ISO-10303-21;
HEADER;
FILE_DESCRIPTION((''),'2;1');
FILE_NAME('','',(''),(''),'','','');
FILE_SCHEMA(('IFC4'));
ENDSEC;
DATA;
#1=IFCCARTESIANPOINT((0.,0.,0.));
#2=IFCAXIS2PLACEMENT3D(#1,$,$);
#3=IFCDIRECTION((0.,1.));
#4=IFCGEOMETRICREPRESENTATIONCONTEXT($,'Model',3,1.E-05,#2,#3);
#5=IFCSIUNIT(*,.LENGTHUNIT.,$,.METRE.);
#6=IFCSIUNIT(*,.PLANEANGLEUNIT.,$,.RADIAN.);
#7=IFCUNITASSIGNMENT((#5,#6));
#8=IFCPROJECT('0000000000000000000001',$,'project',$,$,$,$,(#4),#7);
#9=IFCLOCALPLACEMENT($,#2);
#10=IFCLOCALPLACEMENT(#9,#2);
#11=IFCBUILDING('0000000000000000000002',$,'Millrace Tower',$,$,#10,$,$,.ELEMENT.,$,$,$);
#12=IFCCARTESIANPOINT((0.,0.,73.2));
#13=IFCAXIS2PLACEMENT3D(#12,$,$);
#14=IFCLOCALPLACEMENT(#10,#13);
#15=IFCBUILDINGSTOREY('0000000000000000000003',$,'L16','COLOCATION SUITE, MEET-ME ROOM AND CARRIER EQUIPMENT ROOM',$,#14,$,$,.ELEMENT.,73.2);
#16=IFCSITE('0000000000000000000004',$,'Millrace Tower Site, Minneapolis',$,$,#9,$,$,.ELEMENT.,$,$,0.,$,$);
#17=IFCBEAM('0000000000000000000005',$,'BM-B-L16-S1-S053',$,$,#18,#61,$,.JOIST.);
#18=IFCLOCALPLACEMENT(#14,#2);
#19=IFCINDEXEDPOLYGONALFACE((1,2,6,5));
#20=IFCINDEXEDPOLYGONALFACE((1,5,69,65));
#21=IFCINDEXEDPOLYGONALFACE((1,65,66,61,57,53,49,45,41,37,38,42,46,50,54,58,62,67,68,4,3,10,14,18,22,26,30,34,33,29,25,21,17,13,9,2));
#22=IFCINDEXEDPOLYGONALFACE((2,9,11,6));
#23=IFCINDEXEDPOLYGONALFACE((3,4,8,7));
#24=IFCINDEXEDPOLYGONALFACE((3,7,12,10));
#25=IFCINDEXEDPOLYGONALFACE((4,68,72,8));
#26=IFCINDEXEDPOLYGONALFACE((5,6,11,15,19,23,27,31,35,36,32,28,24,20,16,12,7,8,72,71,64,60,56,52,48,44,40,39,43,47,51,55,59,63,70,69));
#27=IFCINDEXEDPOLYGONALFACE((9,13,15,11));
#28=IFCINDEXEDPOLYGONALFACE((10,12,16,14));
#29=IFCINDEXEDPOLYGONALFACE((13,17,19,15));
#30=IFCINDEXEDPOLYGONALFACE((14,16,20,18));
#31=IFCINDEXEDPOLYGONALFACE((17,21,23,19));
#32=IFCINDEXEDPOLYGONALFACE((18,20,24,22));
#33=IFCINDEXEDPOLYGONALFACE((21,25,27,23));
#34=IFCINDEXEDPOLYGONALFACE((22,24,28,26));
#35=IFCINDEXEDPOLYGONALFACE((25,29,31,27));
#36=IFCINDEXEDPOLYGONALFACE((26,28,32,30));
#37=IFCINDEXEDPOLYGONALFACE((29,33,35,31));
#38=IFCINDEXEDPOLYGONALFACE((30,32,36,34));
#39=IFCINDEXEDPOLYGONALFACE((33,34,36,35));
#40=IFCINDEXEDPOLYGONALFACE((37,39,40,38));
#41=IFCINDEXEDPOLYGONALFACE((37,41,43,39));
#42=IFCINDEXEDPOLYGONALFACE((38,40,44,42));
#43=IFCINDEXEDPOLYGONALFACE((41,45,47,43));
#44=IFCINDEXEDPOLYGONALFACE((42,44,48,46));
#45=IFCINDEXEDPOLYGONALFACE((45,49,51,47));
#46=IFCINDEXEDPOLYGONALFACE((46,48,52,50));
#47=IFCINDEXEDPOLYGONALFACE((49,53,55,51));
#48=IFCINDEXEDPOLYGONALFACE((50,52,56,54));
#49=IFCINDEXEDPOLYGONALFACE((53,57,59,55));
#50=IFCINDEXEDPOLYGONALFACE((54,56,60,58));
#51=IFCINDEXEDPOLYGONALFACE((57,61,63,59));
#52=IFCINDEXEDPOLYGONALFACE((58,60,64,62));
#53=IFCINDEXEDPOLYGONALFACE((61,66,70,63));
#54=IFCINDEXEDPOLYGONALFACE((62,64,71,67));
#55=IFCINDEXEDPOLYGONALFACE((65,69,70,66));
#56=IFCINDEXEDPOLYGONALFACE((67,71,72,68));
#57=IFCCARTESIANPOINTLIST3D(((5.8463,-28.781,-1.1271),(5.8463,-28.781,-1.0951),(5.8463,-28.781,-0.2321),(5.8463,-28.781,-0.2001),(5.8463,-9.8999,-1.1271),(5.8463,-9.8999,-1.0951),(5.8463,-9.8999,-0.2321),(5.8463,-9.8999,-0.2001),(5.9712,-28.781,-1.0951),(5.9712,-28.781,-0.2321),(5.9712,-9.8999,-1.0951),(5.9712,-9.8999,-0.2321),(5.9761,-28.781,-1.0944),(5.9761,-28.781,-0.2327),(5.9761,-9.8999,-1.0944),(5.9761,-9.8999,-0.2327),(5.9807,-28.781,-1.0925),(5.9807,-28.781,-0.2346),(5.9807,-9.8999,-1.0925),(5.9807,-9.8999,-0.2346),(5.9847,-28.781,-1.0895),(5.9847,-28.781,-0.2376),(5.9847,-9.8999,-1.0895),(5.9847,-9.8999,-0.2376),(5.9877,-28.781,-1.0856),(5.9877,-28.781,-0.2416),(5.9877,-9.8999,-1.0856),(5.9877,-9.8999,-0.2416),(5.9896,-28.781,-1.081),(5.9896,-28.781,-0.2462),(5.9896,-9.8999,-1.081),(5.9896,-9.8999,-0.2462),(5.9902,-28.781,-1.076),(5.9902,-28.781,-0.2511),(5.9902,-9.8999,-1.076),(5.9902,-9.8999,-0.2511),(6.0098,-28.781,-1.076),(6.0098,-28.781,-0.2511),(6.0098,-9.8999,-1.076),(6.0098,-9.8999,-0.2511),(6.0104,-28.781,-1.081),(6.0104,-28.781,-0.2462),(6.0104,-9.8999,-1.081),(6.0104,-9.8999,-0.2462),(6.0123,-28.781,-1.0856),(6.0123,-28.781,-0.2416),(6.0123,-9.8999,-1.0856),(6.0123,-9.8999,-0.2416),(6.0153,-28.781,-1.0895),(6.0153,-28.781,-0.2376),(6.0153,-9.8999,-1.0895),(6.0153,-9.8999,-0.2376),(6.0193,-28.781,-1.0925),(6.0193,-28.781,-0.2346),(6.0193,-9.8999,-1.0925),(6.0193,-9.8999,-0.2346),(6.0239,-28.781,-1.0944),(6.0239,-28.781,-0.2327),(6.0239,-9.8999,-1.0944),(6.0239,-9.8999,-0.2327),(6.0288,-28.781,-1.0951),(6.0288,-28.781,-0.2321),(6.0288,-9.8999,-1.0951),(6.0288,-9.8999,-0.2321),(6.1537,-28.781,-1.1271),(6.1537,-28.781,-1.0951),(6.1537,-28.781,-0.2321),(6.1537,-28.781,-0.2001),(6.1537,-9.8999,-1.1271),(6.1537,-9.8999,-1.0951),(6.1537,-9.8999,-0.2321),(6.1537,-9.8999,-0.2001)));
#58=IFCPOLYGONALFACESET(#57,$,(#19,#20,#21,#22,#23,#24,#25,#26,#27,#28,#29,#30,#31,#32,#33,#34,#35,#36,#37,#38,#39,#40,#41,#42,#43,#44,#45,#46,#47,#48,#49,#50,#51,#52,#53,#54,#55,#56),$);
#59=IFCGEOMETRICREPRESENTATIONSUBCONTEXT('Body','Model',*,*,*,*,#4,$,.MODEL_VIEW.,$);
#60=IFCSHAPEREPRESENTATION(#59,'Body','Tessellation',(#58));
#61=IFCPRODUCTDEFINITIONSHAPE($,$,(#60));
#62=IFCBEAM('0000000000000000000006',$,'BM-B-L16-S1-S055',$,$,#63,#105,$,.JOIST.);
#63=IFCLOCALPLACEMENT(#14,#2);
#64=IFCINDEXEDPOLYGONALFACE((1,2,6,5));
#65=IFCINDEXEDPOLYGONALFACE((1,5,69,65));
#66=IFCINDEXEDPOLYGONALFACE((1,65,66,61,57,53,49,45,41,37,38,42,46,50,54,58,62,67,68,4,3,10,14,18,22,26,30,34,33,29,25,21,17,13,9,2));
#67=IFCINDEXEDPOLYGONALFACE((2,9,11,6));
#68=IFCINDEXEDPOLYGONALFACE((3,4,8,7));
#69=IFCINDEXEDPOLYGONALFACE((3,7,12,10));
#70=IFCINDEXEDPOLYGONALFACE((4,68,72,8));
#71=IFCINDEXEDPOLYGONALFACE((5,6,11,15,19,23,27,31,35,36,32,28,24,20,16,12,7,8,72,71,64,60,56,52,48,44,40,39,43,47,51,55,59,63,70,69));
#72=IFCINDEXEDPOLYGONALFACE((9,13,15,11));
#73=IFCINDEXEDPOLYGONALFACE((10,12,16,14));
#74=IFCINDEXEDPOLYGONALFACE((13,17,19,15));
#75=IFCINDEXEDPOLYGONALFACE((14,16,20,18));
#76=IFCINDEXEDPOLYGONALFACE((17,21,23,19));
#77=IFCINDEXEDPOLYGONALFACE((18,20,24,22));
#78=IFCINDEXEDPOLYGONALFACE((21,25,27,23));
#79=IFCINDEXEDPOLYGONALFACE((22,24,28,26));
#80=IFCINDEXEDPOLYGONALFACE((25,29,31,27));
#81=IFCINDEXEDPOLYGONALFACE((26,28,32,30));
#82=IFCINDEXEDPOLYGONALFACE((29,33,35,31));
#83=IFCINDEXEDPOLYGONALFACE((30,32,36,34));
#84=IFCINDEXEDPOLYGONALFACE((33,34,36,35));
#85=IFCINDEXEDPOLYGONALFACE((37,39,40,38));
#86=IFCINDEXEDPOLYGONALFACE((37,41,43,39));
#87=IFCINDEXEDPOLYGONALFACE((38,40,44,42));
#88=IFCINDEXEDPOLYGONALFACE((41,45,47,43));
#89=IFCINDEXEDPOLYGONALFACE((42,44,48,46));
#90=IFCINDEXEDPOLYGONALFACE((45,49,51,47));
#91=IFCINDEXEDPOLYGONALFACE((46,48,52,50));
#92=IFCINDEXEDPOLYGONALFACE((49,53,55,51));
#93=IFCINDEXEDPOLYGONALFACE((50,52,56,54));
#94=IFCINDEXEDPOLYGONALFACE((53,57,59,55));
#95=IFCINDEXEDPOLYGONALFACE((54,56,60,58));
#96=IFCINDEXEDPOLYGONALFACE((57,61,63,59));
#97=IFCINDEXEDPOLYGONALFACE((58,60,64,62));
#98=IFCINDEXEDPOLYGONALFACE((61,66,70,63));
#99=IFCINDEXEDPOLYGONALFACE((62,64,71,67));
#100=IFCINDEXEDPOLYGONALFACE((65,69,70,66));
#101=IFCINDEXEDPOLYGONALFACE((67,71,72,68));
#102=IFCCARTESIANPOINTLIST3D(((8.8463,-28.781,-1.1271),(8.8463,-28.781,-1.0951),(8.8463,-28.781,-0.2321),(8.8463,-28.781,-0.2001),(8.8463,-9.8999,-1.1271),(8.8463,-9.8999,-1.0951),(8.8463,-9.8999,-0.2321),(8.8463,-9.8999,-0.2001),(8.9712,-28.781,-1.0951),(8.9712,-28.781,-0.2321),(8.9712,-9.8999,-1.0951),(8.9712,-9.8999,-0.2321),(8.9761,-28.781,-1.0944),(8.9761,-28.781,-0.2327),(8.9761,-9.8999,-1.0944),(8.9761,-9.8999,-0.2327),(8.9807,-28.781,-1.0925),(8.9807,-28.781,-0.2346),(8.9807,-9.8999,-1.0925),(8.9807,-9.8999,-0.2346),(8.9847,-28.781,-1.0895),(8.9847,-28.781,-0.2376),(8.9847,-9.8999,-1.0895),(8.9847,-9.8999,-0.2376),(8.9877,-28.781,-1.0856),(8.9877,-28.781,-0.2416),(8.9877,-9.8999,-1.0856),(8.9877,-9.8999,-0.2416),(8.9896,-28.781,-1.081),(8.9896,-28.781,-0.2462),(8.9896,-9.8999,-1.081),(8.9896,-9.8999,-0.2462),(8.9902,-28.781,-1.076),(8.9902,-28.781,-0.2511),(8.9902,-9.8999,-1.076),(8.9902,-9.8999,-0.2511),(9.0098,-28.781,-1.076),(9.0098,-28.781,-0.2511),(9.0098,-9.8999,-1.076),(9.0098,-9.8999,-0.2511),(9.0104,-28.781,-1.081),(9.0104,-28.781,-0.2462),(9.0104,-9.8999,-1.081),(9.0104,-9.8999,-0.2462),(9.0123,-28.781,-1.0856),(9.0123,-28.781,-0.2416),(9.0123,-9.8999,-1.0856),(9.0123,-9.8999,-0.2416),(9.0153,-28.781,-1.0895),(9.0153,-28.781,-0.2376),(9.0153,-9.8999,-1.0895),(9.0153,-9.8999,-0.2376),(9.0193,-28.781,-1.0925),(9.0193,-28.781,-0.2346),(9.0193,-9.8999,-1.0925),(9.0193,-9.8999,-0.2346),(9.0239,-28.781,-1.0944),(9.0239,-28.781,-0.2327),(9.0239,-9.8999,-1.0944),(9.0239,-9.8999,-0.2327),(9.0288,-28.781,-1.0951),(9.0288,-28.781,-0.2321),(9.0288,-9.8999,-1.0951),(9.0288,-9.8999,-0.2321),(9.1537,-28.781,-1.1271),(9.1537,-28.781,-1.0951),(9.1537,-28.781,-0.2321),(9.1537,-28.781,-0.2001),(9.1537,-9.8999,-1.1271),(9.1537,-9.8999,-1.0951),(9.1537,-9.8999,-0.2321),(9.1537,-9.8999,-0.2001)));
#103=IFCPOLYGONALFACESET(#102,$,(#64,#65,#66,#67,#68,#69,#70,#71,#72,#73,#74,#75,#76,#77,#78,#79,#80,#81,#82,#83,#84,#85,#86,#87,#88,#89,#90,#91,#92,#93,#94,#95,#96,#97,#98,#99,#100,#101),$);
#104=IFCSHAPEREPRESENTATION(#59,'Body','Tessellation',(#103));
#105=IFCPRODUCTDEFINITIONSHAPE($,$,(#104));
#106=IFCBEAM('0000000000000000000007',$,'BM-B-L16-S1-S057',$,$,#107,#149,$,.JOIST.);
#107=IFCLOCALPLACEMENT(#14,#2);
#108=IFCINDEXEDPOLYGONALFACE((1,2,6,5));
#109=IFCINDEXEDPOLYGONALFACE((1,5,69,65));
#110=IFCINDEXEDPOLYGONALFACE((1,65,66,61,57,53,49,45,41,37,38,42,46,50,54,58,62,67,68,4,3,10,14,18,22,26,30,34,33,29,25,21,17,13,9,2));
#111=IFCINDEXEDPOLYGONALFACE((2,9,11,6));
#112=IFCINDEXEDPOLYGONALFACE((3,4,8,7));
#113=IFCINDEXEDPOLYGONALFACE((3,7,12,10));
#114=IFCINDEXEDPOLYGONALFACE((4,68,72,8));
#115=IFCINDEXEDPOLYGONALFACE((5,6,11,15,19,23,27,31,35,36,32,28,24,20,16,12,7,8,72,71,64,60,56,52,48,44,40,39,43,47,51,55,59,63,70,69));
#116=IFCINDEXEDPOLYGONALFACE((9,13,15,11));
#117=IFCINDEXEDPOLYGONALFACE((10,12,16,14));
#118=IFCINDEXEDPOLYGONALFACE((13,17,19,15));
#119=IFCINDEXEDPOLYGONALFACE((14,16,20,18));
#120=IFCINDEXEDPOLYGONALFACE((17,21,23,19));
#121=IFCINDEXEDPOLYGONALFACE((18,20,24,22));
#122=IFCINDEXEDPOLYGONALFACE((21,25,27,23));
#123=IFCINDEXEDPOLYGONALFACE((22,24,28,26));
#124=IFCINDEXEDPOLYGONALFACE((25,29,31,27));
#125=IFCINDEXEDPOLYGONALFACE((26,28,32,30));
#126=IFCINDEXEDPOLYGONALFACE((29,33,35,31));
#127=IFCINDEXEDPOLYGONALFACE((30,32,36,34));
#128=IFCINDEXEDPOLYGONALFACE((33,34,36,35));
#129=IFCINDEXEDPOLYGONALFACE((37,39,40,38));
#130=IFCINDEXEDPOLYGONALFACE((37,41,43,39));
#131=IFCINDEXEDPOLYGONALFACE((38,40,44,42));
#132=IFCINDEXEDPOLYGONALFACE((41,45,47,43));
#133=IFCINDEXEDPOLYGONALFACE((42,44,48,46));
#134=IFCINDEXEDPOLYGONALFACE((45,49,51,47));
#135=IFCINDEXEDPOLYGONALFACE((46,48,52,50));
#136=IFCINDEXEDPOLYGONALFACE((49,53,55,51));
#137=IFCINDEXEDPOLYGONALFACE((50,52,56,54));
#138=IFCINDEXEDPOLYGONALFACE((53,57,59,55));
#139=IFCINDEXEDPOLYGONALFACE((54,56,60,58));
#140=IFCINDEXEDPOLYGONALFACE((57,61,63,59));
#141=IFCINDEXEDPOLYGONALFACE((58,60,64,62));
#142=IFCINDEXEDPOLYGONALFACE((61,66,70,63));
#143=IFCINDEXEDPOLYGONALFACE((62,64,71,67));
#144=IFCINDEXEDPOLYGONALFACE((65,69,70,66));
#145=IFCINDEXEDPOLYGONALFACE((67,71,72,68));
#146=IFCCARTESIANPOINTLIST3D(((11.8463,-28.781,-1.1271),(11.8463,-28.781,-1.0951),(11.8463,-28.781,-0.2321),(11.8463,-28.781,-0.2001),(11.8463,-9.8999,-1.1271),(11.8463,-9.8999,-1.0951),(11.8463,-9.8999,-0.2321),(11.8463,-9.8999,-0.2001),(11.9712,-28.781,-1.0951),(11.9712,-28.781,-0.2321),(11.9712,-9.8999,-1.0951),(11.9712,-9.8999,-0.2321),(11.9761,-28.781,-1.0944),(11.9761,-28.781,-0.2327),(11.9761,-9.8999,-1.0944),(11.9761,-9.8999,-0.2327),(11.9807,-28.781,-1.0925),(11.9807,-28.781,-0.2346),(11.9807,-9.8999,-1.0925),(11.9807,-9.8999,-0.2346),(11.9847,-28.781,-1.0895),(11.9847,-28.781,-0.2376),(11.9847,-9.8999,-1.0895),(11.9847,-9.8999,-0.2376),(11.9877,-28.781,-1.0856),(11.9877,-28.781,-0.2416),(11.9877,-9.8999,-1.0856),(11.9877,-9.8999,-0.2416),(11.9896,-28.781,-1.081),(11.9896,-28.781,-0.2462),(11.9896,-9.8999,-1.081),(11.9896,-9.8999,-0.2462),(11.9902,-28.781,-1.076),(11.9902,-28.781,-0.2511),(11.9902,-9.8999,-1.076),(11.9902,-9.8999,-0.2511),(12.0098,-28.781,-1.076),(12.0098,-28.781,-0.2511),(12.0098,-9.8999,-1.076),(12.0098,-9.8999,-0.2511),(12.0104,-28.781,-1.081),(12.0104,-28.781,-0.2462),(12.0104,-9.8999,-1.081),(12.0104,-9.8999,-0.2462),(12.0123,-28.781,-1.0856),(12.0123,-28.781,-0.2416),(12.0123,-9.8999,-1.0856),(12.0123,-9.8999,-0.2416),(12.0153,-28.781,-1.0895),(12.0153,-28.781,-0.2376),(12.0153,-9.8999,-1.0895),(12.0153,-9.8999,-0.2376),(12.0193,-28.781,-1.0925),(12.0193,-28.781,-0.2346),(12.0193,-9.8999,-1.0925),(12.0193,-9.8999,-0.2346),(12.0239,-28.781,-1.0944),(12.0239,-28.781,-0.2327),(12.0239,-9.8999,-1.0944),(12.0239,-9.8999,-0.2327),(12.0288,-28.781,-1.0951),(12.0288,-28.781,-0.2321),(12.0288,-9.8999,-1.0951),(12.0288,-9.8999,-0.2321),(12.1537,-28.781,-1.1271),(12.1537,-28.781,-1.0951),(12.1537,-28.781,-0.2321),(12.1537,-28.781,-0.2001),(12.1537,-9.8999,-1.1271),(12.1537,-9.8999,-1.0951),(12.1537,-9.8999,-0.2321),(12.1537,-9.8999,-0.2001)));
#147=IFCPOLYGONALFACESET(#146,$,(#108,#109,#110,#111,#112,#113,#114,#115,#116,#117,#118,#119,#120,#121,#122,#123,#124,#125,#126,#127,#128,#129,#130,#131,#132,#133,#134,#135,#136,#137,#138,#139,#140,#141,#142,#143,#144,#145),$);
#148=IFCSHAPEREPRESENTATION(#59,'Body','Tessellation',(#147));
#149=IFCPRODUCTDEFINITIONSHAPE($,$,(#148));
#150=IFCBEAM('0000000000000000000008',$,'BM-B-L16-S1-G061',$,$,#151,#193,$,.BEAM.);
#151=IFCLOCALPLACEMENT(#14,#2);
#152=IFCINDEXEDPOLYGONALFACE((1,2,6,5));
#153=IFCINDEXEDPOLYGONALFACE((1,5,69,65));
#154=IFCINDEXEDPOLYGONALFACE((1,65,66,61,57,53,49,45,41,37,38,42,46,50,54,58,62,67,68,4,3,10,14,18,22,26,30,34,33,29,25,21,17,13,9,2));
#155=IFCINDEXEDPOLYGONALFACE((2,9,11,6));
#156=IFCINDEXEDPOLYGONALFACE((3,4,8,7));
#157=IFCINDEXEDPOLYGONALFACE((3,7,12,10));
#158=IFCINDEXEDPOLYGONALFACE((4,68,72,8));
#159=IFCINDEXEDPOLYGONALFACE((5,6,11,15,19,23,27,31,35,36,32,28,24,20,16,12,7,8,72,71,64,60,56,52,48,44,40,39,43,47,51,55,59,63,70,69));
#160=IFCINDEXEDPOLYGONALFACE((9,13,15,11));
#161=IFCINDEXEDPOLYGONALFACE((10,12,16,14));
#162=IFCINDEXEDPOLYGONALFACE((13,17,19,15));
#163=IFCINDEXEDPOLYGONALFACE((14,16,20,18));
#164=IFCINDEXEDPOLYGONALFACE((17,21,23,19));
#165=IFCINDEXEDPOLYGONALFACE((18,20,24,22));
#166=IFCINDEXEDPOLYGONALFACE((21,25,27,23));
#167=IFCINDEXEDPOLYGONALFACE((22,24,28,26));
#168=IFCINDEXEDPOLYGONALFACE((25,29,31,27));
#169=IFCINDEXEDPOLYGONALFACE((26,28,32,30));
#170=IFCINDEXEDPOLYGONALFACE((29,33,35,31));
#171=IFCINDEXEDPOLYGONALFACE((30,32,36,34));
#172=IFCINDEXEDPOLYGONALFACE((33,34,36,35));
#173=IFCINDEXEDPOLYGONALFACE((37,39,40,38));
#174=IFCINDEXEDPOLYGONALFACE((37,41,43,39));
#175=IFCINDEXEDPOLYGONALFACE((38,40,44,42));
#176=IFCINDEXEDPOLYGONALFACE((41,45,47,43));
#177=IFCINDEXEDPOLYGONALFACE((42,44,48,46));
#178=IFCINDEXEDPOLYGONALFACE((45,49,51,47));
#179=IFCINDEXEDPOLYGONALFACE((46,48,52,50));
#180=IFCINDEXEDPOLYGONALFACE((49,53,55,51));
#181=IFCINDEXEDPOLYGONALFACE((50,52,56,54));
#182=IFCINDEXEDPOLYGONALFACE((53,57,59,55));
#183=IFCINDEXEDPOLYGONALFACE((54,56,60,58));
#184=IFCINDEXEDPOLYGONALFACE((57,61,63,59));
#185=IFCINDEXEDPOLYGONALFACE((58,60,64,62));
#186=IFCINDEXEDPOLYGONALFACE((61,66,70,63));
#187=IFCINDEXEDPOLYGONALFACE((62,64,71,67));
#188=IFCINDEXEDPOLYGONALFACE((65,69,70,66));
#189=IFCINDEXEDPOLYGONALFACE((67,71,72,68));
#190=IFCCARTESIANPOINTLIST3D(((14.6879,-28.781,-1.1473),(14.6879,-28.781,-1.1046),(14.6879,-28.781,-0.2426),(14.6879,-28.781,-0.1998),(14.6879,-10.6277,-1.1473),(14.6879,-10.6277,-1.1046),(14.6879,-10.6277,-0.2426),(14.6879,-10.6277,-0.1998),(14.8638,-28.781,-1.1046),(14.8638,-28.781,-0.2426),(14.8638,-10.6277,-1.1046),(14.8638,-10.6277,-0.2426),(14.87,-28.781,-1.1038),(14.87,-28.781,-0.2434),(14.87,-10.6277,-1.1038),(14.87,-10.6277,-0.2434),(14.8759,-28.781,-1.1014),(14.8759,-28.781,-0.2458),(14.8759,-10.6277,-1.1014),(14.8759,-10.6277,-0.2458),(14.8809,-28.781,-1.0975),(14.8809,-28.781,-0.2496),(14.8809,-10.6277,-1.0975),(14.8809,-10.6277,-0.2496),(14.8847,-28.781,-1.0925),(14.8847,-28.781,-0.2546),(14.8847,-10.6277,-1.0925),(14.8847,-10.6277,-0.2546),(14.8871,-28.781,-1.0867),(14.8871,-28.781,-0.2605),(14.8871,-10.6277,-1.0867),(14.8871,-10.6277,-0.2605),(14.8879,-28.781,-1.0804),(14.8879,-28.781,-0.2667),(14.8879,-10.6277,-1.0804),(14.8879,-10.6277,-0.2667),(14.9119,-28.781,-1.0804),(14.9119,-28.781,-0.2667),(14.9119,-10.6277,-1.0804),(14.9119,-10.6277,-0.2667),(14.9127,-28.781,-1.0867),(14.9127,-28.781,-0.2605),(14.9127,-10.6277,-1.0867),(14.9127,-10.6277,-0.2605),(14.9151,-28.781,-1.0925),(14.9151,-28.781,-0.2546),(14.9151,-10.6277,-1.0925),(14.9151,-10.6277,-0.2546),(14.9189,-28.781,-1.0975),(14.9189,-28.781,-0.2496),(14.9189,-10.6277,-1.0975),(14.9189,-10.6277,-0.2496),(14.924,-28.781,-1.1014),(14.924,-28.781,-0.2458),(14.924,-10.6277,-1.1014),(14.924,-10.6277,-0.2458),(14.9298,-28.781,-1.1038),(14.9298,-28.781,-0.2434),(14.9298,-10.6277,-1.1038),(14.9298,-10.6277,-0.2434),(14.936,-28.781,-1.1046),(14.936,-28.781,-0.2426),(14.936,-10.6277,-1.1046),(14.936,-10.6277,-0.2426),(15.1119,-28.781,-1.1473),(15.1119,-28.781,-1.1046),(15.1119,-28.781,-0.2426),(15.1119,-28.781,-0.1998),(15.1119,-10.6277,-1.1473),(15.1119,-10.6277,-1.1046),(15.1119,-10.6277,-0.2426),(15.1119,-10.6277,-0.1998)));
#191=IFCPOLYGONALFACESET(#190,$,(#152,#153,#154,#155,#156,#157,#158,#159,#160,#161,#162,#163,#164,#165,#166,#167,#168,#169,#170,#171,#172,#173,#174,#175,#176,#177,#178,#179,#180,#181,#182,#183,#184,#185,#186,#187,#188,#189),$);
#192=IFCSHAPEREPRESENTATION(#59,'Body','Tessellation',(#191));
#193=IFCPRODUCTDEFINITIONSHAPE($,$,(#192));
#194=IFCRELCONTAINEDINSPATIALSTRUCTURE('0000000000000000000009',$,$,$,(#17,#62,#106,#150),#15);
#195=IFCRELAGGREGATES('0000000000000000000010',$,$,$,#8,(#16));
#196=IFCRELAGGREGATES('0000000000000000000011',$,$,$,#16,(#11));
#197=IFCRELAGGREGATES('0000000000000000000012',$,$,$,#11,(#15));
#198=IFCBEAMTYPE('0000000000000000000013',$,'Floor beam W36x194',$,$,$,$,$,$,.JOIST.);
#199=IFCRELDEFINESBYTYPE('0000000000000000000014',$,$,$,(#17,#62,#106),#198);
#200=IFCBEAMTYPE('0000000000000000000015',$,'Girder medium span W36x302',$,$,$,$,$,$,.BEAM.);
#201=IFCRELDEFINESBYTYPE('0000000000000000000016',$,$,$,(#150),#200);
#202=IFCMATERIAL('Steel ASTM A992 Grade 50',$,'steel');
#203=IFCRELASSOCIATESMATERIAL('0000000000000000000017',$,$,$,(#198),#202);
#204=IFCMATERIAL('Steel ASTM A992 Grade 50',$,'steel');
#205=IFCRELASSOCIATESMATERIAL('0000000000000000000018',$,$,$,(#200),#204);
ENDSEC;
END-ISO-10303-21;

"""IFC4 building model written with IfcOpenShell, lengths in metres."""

from ifc_helpers import new_model, si_unit, direction, frame, origin, origin_2d, place, context, subcontext, project, spatial, i_section, extrude, material, material_profile, profile_set, type_object, element, save


model = new_model("IFC4")

# Units and contexts
model_context = context("Model", 3, precision=1e-05, world=origin(), true_north=direction((0.0, 1.0)))
body_context = subcontext(model_context, "Body", "Model", "MODEL_VIEW")
ifc_project = project(units=[si_unit("LENGTHUNIT", "METRE"), si_unit("PLANEANGLEUNIT", "RADIAN")], contexts=[model_context])

# Site, building, storey
site_placement = place(None, origin())
site = spatial("IfcSite", under=ifc_project, at=site_placement, Name="Millrace Tower Site, Minneapolis", CompositionType="ELEMENT", RefElevation=0.0)
building_placement = place(site_placement, origin())
building = spatial("IfcBuilding", under=site, at=building_placement, Name="Millrace Tower", CompositionType="ELEMENT")
storey_placement = place(building_placement, frame((0.0, 0.0, 73.2)))
storey = spatial("IfcBuildingStorey", under=building, at=storey_placement, Name="L16", Description="COLOCATION SUITE, MEET-ME ROOM AND CARRIER EQUIPMENT ROOM", CompositionType="ELEMENT", Elevation=73.2)

# Beams
ifc_material_1 = material(Name="Steel ASTM A992 Grade 50", Category="steel")
ifc_material_profile_1 = material_profile(ifc_material_1, i_section(OverallWidth=0.3074, OverallDepth=0.927, WebThickness=0.0195, FlangeThickness=0.032, FilletRadius=0.019, at=origin_2d()))
ifc_profile_set_1 = profile_set([ifc_material_profile_1], Name="Steel ASTM A992 Grade 50")
beam_type_1 = type_object("IfcBeamType", Name="Floor beam W36x194", PredefinedType="JOIST", material=ifc_profile_set_1)
for number, where, z_axis, x_axis, name in (
    (1, (6.0, -28.781, -0.6636), (0.0, 1.0, 0.0), (-1.0, 0.0, 0.0), "BM-B-L16-S1-S053"),
    (2, (9.0, -28.781, -0.6636), (0.0, 1.0, 0.0), (-1.0, 0.0, 0.0), "BM-B-L16-S1-S055"),
    (3, (12.0, -28.781, -0.6636), (0.0, 1.0, 0.0), (-1.0, 0.0, 0.0), "BM-B-L16-S1-S057"),
):
    element("IfcBeam", number, at=place(storey_placement, frame(where, z_axis=z_axis, x_axis=x_axis)), inside=storey, type_object=beam_type_1, Name=name, PredefinedType="JOIST", context=body_context, shape_type="SweptSolid", body=[
        extrude(i_section(OverallWidth=0.3074, OverallDepth=0.927, WebThickness=0.0195, FlangeThickness=0.032, FilletRadius=0.019, at=origin_2d()), origin(), (0.0, 0.0, 1.0), 18.8811),
    ])
ifc_material_2 = material(Name="Steel ASTM A992 Grade 50", Category="steel")
ifc_material_profile_2 = material_profile(ifc_material_2, i_section(OverallWidth=0.4241, OverallDepth=0.9475, WebThickness=0.0239, FlangeThickness=0.0427, FilletRadius=0.0242, at=origin_2d()))
ifc_profile_set_2 = profile_set([ifc_material_profile_2], Name="Steel ASTM A992 Grade 50")
beam_type_2 = type_object("IfcBeamType", Name="Girder medium span W36x302", PredefinedType="BEAM", material=ifc_profile_set_2)
beam_1_placement = place(storey_placement, frame((14.8999, -28.781, -0.6736), z_axis=(0.0, 1.0, 0.0), x_axis=(-1.0, 0.0, 0.0)))
element("IfcBeam", 4, at=beam_1_placement, inside=storey, type_object=beam_type_2, Name="BM-B-L16-S1-G061", PredefinedType="BEAM", context=body_context, shape_type="SweptSolid", body=[
    extrude(i_section(OverallWidth=0.4241, OverallDepth=0.9475, WebThickness=0.0239, FlangeThickness=0.0427, FilletRadius=0.0242, at=origin_2d()), origin(), (0.0, 0.0, 1.0), 18.1533),
])

save(model, "model.ifc")
